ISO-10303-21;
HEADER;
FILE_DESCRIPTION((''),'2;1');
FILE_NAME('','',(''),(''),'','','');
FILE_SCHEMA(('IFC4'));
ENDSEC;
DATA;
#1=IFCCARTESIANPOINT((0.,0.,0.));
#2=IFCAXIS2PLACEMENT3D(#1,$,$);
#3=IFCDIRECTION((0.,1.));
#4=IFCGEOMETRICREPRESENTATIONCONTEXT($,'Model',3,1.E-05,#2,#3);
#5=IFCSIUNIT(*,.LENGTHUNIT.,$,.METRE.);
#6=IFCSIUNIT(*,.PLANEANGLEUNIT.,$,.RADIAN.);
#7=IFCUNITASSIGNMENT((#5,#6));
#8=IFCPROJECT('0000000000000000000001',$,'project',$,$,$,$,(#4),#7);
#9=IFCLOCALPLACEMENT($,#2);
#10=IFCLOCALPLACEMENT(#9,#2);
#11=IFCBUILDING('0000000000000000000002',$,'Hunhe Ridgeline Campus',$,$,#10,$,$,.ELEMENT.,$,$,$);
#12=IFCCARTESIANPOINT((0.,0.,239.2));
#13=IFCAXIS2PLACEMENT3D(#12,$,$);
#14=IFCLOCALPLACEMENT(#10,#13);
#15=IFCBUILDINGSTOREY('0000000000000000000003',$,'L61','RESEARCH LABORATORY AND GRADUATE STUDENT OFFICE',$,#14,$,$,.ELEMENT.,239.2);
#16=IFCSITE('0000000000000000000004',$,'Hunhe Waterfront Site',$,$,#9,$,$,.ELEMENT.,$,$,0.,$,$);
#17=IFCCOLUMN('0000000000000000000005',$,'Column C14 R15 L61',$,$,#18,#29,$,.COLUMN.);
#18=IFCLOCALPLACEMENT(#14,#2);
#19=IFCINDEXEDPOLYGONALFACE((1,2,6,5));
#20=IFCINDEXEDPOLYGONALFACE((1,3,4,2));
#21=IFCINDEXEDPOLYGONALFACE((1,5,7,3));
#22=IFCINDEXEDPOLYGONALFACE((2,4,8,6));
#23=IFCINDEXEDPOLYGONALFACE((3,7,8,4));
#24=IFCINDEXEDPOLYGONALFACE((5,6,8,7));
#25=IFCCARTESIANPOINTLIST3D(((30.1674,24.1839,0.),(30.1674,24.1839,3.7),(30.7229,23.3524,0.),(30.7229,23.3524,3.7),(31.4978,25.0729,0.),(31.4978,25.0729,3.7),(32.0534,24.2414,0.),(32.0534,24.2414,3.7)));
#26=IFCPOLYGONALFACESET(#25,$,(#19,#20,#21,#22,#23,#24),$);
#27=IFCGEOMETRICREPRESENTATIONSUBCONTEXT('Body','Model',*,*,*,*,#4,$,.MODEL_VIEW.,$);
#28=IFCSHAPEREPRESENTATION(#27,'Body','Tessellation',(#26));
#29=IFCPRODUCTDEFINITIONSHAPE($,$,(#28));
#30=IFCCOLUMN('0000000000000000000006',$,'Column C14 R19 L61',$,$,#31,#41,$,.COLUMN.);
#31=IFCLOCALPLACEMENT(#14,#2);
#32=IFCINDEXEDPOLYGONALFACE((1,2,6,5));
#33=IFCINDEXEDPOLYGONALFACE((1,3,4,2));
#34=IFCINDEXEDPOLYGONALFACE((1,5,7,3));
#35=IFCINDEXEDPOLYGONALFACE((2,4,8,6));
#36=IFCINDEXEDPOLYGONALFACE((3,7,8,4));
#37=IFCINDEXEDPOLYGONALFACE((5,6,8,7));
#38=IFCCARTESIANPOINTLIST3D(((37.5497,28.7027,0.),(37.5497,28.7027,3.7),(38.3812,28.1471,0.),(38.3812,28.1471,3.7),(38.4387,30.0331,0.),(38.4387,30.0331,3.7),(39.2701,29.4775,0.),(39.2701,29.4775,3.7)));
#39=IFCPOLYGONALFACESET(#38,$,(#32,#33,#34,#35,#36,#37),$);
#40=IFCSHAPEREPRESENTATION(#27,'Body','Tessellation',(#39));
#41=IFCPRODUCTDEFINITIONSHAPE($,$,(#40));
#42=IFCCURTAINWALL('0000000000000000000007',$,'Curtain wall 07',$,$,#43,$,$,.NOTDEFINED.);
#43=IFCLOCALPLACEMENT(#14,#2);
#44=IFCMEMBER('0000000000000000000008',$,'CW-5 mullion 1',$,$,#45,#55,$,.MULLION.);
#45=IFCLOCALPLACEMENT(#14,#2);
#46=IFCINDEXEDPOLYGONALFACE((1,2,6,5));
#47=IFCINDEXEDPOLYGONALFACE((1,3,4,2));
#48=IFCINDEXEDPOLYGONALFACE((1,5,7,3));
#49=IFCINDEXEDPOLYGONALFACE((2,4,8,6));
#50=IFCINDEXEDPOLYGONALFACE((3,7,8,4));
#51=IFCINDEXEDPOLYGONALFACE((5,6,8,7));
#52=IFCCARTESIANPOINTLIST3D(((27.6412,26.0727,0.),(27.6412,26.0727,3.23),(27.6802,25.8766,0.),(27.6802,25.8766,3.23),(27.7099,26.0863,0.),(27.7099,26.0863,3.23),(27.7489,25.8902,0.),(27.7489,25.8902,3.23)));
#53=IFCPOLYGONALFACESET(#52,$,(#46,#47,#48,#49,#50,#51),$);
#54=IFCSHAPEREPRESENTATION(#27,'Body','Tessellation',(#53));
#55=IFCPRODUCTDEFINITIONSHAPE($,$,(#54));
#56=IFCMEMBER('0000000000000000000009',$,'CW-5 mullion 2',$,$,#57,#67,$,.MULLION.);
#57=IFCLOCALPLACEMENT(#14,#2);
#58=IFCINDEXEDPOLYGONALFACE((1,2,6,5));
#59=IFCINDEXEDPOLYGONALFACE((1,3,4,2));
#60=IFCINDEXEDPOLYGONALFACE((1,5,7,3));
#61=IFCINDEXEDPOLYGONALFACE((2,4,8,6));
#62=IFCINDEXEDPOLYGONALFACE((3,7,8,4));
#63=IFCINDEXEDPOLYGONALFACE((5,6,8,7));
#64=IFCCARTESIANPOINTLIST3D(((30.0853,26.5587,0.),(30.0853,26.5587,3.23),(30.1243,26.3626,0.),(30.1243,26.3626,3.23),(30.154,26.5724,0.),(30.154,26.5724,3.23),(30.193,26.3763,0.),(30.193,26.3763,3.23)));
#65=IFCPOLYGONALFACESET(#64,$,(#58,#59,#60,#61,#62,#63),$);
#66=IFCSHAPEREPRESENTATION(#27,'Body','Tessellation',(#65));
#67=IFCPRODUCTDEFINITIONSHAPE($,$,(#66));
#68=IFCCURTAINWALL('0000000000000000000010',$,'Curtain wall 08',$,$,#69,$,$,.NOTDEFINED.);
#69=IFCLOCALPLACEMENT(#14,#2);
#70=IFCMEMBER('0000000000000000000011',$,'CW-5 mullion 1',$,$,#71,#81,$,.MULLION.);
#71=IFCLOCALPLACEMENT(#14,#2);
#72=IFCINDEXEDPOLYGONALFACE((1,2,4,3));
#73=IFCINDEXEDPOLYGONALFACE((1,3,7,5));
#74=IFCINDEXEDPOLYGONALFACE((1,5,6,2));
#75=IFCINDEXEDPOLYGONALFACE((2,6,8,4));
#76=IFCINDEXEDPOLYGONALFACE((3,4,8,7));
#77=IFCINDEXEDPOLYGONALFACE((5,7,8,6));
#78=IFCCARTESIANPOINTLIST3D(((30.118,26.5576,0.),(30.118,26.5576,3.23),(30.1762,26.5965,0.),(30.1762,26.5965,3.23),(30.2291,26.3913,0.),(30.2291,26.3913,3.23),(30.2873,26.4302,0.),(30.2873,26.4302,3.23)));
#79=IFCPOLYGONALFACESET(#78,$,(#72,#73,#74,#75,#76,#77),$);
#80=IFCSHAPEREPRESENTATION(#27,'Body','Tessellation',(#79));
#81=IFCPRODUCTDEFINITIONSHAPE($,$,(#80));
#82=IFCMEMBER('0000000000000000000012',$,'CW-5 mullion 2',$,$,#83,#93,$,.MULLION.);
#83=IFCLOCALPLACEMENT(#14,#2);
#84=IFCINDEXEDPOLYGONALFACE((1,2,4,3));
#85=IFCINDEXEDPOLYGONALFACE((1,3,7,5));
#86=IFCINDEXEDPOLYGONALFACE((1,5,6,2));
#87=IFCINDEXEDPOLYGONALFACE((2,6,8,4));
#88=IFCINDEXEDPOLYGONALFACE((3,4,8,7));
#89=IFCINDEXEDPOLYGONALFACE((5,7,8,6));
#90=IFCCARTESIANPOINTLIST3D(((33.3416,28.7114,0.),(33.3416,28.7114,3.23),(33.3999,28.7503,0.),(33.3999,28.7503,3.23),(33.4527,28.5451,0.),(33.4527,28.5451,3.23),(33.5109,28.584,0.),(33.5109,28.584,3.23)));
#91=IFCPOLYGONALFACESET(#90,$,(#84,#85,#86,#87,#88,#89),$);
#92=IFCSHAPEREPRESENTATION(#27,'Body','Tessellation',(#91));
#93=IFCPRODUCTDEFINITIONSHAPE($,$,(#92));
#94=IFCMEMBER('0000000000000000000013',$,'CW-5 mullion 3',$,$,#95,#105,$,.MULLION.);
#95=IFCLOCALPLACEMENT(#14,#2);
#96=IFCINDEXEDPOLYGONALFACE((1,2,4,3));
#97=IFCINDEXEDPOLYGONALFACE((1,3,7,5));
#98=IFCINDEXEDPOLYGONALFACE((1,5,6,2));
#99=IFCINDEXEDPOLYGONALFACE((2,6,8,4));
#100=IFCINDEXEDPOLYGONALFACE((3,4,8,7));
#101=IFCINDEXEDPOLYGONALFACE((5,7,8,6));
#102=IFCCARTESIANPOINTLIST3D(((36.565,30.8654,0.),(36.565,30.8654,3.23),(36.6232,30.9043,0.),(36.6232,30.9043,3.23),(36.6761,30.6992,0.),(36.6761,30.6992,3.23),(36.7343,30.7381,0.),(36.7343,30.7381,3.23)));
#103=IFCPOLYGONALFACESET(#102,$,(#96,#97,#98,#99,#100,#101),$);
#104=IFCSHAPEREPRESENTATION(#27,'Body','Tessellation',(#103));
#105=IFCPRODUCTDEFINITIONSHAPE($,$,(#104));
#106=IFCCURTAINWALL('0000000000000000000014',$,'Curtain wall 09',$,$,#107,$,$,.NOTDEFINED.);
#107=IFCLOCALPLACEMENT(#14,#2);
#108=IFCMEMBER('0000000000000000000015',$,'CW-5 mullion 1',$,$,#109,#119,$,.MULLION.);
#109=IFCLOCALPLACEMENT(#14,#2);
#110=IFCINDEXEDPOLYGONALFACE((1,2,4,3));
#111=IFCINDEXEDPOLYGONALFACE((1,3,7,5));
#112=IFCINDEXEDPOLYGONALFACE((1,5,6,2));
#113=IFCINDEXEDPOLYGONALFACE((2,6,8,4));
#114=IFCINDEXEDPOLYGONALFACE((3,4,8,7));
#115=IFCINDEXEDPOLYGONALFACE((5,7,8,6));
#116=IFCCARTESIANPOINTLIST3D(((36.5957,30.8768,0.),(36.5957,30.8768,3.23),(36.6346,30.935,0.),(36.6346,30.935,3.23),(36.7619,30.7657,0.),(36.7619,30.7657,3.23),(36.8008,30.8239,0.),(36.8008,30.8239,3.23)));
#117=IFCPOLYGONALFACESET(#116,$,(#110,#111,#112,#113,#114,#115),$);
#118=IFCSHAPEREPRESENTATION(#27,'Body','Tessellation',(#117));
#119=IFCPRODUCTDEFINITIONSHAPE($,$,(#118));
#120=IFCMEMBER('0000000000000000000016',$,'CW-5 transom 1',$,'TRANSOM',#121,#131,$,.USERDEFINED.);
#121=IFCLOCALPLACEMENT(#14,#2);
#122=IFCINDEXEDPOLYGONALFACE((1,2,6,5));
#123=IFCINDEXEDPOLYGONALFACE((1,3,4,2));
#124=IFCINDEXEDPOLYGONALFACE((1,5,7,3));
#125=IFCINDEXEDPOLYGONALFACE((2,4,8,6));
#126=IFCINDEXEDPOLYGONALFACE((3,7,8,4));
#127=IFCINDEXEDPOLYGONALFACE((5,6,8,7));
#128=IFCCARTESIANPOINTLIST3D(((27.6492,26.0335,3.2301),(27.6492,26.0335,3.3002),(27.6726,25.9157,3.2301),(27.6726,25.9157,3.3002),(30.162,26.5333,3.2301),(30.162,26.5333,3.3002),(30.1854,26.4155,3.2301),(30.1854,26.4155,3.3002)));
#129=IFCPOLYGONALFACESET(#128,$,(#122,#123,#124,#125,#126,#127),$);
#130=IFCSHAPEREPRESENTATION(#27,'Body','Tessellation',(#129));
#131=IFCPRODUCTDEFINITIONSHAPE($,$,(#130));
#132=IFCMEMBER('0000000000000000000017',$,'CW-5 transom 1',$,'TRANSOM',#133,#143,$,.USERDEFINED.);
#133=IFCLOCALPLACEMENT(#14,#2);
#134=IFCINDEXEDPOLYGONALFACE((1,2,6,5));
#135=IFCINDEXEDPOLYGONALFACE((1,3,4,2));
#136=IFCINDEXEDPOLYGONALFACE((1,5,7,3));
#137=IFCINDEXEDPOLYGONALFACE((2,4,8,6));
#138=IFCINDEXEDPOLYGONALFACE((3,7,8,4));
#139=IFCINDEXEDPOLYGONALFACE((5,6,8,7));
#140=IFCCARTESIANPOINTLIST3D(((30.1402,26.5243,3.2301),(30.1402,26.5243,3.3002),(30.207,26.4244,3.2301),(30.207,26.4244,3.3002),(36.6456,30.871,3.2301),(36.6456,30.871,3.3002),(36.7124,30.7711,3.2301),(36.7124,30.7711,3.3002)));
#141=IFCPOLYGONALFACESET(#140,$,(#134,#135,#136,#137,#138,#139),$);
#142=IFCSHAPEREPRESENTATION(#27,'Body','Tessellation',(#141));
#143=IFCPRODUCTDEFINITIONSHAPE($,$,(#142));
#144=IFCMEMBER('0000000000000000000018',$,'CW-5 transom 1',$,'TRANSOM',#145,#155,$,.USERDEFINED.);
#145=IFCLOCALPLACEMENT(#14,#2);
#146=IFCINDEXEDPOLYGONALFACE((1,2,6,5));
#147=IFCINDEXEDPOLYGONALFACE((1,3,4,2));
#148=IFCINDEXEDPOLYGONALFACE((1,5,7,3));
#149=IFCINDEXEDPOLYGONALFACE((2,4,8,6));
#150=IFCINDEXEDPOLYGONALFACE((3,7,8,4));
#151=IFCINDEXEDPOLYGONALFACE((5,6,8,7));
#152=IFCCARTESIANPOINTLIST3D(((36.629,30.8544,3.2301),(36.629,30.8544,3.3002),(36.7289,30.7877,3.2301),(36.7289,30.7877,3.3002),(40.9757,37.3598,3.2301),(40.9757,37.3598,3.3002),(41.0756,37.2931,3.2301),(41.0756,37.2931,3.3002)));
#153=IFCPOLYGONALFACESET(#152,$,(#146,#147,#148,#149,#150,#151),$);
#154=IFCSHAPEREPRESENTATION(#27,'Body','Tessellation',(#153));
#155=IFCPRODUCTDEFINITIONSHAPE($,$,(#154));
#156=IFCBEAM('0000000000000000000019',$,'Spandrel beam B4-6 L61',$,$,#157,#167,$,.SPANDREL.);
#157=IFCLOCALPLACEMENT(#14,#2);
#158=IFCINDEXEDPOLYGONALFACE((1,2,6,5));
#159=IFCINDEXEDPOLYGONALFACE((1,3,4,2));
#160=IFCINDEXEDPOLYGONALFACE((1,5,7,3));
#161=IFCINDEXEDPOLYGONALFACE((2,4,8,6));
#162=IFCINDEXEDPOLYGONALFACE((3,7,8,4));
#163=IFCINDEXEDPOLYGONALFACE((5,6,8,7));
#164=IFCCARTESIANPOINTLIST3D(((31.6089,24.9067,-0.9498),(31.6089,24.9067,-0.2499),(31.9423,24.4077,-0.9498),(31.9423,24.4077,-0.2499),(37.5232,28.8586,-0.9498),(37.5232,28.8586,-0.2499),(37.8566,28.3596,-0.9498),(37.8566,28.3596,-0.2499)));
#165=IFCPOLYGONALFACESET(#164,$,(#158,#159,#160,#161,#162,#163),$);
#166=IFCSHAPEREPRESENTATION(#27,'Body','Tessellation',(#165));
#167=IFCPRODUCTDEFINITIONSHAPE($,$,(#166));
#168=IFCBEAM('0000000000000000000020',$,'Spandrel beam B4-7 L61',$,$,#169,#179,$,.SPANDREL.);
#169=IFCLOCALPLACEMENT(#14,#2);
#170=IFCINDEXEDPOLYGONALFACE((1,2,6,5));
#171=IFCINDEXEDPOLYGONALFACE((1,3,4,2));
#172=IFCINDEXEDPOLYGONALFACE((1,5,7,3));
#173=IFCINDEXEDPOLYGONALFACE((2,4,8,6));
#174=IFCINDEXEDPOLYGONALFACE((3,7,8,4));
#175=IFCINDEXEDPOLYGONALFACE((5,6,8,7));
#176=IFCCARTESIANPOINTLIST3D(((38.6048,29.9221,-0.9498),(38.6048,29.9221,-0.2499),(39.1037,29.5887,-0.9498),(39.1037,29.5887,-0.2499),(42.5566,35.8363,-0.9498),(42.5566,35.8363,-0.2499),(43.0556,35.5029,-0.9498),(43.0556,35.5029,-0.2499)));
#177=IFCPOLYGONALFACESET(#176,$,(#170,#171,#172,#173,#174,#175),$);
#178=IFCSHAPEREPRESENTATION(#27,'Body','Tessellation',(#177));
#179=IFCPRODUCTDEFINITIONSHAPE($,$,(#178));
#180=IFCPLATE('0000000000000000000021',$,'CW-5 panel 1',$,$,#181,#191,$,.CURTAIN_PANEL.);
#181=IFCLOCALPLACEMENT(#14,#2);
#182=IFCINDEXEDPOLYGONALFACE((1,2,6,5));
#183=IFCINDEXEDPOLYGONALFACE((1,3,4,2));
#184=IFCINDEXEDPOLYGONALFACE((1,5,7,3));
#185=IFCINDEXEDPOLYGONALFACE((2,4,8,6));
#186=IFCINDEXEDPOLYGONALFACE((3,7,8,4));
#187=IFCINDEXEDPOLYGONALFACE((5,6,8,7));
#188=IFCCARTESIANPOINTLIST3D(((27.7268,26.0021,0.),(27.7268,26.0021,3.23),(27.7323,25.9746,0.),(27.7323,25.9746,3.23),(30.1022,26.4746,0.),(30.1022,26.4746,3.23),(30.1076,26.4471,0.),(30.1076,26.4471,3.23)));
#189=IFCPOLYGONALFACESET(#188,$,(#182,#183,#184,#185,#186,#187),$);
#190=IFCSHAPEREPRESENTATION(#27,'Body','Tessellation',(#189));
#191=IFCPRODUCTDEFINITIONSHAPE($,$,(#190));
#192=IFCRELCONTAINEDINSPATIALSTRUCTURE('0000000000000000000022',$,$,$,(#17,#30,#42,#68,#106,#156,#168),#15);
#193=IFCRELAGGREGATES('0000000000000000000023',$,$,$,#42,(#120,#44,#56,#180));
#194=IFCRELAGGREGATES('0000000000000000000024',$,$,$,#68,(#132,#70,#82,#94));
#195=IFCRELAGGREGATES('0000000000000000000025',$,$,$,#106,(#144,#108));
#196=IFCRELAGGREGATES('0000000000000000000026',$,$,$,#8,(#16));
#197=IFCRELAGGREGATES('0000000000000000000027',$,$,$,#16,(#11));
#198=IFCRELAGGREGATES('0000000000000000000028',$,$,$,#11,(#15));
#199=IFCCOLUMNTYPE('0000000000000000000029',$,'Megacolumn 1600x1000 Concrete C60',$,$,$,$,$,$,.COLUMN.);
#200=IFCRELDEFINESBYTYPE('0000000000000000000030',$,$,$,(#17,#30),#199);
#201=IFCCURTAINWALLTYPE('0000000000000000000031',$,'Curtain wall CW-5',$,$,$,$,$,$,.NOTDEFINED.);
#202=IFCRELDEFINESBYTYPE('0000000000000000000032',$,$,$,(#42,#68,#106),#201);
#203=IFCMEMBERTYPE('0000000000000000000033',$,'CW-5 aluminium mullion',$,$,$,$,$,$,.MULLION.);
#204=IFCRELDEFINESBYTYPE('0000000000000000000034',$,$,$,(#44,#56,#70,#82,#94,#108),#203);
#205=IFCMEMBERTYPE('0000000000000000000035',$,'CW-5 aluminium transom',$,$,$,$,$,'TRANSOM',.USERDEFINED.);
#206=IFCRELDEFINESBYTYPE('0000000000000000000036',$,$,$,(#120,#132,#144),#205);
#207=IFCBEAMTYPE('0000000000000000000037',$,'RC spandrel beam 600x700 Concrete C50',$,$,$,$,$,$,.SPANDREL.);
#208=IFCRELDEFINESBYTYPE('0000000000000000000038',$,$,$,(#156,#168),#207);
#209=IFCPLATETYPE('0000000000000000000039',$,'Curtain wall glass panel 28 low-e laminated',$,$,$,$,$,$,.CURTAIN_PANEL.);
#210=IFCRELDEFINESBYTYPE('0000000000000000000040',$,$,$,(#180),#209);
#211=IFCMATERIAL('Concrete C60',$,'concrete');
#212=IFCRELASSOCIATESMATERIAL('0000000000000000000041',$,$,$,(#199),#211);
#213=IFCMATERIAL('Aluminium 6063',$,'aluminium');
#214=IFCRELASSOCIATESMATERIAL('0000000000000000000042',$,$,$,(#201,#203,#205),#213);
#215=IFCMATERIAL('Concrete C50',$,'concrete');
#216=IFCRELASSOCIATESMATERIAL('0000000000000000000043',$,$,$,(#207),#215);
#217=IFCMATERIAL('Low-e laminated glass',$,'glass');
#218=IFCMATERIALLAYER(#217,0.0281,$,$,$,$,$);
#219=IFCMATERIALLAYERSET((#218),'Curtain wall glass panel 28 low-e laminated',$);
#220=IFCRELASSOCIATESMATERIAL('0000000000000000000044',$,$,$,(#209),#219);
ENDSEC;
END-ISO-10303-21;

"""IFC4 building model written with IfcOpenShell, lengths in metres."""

from ifc_helpers import new_model, si_unit, direction, frame, origin, origin_2d, place, context, subcontext, project, spatial, rectangle, extrude, material, layer, layer_set, material_profile, profile_set, type_object, element, aggregate, save


model = new_model("IFC4")

# Units and contexts
model_context = context("Model", 3, precision=1e-05, world=origin(), true_north=direction((0.0, 1.0)))
body_context = subcontext(model_context, "Body", "Model", "MODEL_VIEW")
ifc_project = project(units=[si_unit("LENGTHUNIT", "METRE"), si_unit("PLANEANGLEUNIT", "RADIAN")], contexts=[model_context])

# Site, building, storey
site_placement = place(None, origin())
site = spatial("IfcSite", under=ifc_project, at=site_placement, Name="Hunhe Waterfront Site", CompositionType="ELEMENT", RefElevation=0.0)
building_placement = place(site_placement, origin())
building = spatial("IfcBuilding", under=site, at=building_placement, Name="Hunhe Ridgeline Campus", CompositionType="ELEMENT")
storey_placement = place(building_placement, frame((0.0, 0.0, 239.2)))
storey = spatial("IfcBuildingStorey", under=building, at=storey_placement, Name="L61", Description="RESEARCH LABORATORY AND GRADUATE STUDENT OFFICE", CompositionType="ELEMENT", Elevation=239.2)

# Columns
ifc_material_1 = material(Name="Concrete C60", Category="concrete")
ifc_material_profile_1 = material_profile(ifc_material_1, rectangle(XDim=1.6001, YDim=1.0, at=origin_2d()))
ifc_profile_set_1 = profile_set([ifc_material_profile_1], Name="Concrete C60")
column_type = type_object("IfcColumnType", Name="Megacolumn 1600x1000 Concrete C60", PredefinedType="COLUMN", material=ifc_profile_set_1)
for number, where, z_axis, x_axis, name in (
    (1, (31.1104, 24.2126, 0.0), (0.0, 0.0, 1.0), (0.83147, 0.55557, 0.0), "Column C14 R15 L61"),
    (2, (38.4099, 29.0901, 0.0), (0.0, 0.0, 1.0), (0.55557, 0.83147, 0.0), "Column C14 R19 L61"),
):
    element("IfcColumn", number, at=place(storey_placement, frame(where, z_axis=z_axis, x_axis=x_axis)), inside=storey, type_object=column_type, Name=name, PredefinedType="COLUMN", context=body_context, shape_type="SweptSolid", body=[
        extrude(rectangle(XDim=1.6001, YDim=1.0, at=origin_2d()), origin(), (0.0, 0.0, 1.0), 3.7),
    ])

# Curtain walls, members
ifc_material_2 = material(Name="Aluminium 6063", Category="aluminium")
curtain_wall_type = type_object("IfcCurtainWallType", Name="Curtain wall CW-5", PredefinedType="NOTDEFINED", material=ifc_material_2)
curtain_wall_1_placement = place(storey_placement, origin())
curtain_wall_1 = element("IfcCurtainWall", 3, at=curtain_wall_1_placement, inside=storey, type_object=curtain_wall_type, Name="Curtain wall 07", PredefinedType="NOTDEFINED")
ifc_material_profile_2 = material_profile(ifc_material_2, rectangle(XDim=0.2, YDim=0.0701, at=origin_2d()))
ifc_profile_set_2 = profile_set([ifc_material_profile_2], Name="Aluminium 6063")
member_type_1 = type_object("IfcMemberType", Name="CW-5 aluminium mullion", PredefinedType="MULLION", material=ifc_profile_set_2)
member_1_placement = place(storey_placement, frame((27.6951, 25.9814, 0.0), z_axis=(0.0, 0.0, 1.0), x_axis=(-0.195091, 0.980785, 0.0)))
member_1 = element("IfcMember", 4, at=member_1_placement, type_object=member_type_1, Name="CW-5 mullion 1", PredefinedType="MULLION", context=body_context, shape_type="SweptSolid", body=[
    extrude(rectangle(XDim=0.2, YDim=0.0701, at=origin_2d()), origin(), (0.0, 0.0, 1.0), 3.23),
])
member_2_placement = place(storey_placement, frame((30.1392, 26.4675, 0.0), z_axis=(0.0, 0.0, 1.0), x_axis=(-0.195091, 0.980785, 0.0)))
member_2 = element("IfcMember", 5, at=member_2_placement, type_object=member_type_1, Name="CW-5 mullion 2", PredefinedType="MULLION", context=body_context, shape_type="SweptSolid", body=[
    extrude(rectangle(XDim=0.2, YDim=0.0701, at=origin_2d()), origin(), (0.0, 0.0, 1.0), 3.23),
])
curtain_wall_2_placement = place(storey_placement, origin())
curtain_wall_2 = element("IfcCurtainWall", 6, at=curtain_wall_2_placement, inside=storey, type_object=curtain_wall_type, Name="Curtain wall 08", PredefinedType="NOTDEFINED")
member_3_placement = place(storey_placement, frame((30.2026, 26.4939, 0.0), z_axis=(0.0, 0.0, 1.0), x_axis=(-0.55557, 0.83147, 0.0)))
member_3 = element("IfcMember", 7, at=member_3_placement, type_object=member_type_1, Name="CW-5 mullion 1", PredefinedType="MULLION", context=body_context, shape_type="SweptSolid", body=[
    extrude(rectangle(XDim=0.2, YDim=0.0701, at=origin_2d()), origin(), (0.0, 0.0, 1.0), 3.23),
])
member_4_placement = place(storey_placement, frame((33.4263, 28.6477, 0.0), z_axis=(0.0, 0.0, 1.0), x_axis=(-0.55557, 0.83147, 0.0)))
member_4 = element("IfcMember", 8, at=member_4_placement, type_object=member_type_1, Name="CW-5 mullion 2", PredefinedType="MULLION", context=body_context, shape_type="SweptSolid", body=[
    extrude(rectangle(XDim=0.2, YDim=0.0701, at=origin_2d()), origin(), (0.0, 0.0, 1.0), 3.23),
])
member_5_placement = place(storey_placement, frame((36.6497, 30.8018, 0.0), z_axis=(0.0, 0.0, 1.0), x_axis=(-0.55557, 0.83147, 0.0)))
member_5 = element("IfcMember", 9, at=member_5_placement, type_object=member_type_1, Name="CW-5 mullion 3", PredefinedType="MULLION", context=body_context, shape_type="SweptSolid", body=[
    extrude(rectangle(XDim=0.2, YDim=0.0701, at=origin_2d()), origin(), (0.0, 0.0, 1.0), 3.23),
])

# Curtain wall, member
curtain_wall_3_placement = place(storey_placement, origin())
curtain_wall_3 = element("IfcCurtainWall", 10, at=curtain_wall_3_placement, inside=storey, type_object=curtain_wall_type, Name="Curtain wall 09", PredefinedType="NOTDEFINED")
member_6_placement = place(storey_placement, frame((36.6982, 30.8503, 0.0), z_axis=(0.0, 0.0, 1.0), x_axis=(-0.83147, 0.55557, 0.0)))
member_6 = element("IfcMember", 11, at=member_6_placement, type_object=member_type_1, Name="CW-5 mullion 1", PredefinedType="MULLION", context=body_context, shape_type="SweptSolid", body=[
    extrude(rectangle(XDim=0.2, YDim=0.0701, at=origin_2d()), origin(), (0.0, 0.0, 1.0), 3.23),
])

# Members
ifc_material_profile_3 = material_profile(ifc_material_2, rectangle(XDim=0.1201, YDim=0.0701, at=origin_2d()))
ifc_profile_set_3 = profile_set([ifc_material_profile_3], Name="Aluminium 6063")
member_type_2 = type_object("IfcMemberType", Name="CW-5 aluminium transom", ElementType="TRANSOM", PredefinedType="USERDEFINED", material=ifc_profile_set_3)
member_7_placement = place(storey_placement, frame((27.6609, 25.9746, 3.2651), z_axis=(0.980789, 0.195071, 0.0), x_axis=(-0.195071, 0.980789, 0.0)))
member_7 = element("IfcMember", 12, at=member_7_placement, type_object=member_type_2, Name="CW-5 transom 1", ObjectType="TRANSOM", PredefinedType="USERDEFINED", context=body_context, shape_type="SweptSolid", body=[
    extrude(rectangle(XDim=0.1201, YDim=0.0701, at=origin_2d()), origin(), (0.0, 0.0, 1.0), 2.562),
])
member_8_placement = place(storey_placement, frame((30.1736, 26.4744, 3.2651), z_axis=(0.831474, 0.555564, 0.0), x_axis=(-0.555564, 0.831474, 0.0)))
member_8 = element("IfcMember", 13, at=member_8_placement, type_object=member_type_2, Name="CW-5 transom 1", ObjectType="TRANSOM", PredefinedType="USERDEFINED", context=body_context, shape_type="SweptSolid", body=[
    extrude(rectangle(XDim=0.1201, YDim=0.0701, at=origin_2d()), origin(), (0.0, 0.0, 1.0), 7.824),
])
member_9_placement = place(storey_placement, frame((36.679, 30.821, 3.2651), z_axis=(0.555564, 0.831474, 0.0), x_axis=(-0.831474, 0.555564, 0.0)))
member_9 = element("IfcMember", 14, at=member_9_placement, type_object=member_type_2, Name="CW-5 transom 1", ObjectType="TRANSOM", PredefinedType="USERDEFINED", context=body_context, shape_type="SweptSolid", body=[
    extrude(rectangle(XDim=0.1201, YDim=0.0701, at=origin_2d()), origin(), (0.0, 0.0, 1.0), 7.824),
])

# Beams
ifc_material_3 = material(Name="Concrete C50", Category="concrete")
ifc_material_profile_4 = material_profile(ifc_material_3, rectangle(XDim=0.6001, YDim=0.7, at=origin_2d()))
ifc_profile_set_4 = profile_set([ifc_material_profile_4], Name="Concrete C50")
beam_type = type_object("IfcBeamType", Name="RC spandrel beam 600x700 Concrete C50", PredefinedType="SPANDREL", material=ifc_profile_set_4)
for number, where, z_axis, x_axis, name in (
    (15, (31.7756, 24.6572, -0.5999), (0.831464, 0.555579, 0.0), (-0.555579, 0.831464, 0.0), "Spandrel beam B4-6 L61"),
    (16, (38.8542, 29.7554, -0.5999), (0.555579, 0.831464, 0.0), (-0.831464, 0.555579, 0.0), "Spandrel beam B4-7 L61"),
):
    element("IfcBeam", number, at=place(storey_placement, frame(where, z_axis=z_axis, x_axis=x_axis)), inside=storey, type_object=beam_type, Name=name, PredefinedType="SPANDREL", context=body_context, shape_type="SweptSolid", body=[
        extrude(rectangle(XDim=0.6001, YDim=0.7, at=origin_2d()), origin(), (0.0, 0.0, 1.0), 7.113),
    ])

# Plate
ifc_material_4 = material(Name="Low-e laminated glass", Category="glass")
ifc_layer_1 = layer(ifc_material_4, 0.0281)
ifc_layer_set_1 = layer_set([ifc_layer_1], Name="Curtain wall glass panel 28 low-e laminated")
plate_type = type_object("IfcPlateType", Name="Curtain wall glass panel 28 low-e laminated", PredefinedType="CURTAIN_PANEL", material=ifc_layer_set_1)
plate_1_placement = place(storey_placement, frame((28.9172, 26.2246, 0.0), z_axis=(0.0, 0.0, 1.0), x_axis=(0.980785, 0.195091, 0.0)))
plate_1 = element("IfcPlate", 17, at=plate_1_placement, type_object=plate_type, Name="CW-5 panel 1", PredefinedType="CURTAIN_PANEL", context=body_context, shape_type="SweptSolid", body=[
    extrude(rectangle(XDim=2.4219, YDim=0.0281, at=origin_2d()), origin(), (0.0, 0.0, 1.0), 3.23),
])
aggregate(curtain_wall_1, [member_7, member_1, member_2, plate_1])
aggregate(curtain_wall_2, [member_8, member_3, member_4, member_5])
aggregate(curtain_wall_3, [member_9, member_6])

save(model, "model.ifc")
